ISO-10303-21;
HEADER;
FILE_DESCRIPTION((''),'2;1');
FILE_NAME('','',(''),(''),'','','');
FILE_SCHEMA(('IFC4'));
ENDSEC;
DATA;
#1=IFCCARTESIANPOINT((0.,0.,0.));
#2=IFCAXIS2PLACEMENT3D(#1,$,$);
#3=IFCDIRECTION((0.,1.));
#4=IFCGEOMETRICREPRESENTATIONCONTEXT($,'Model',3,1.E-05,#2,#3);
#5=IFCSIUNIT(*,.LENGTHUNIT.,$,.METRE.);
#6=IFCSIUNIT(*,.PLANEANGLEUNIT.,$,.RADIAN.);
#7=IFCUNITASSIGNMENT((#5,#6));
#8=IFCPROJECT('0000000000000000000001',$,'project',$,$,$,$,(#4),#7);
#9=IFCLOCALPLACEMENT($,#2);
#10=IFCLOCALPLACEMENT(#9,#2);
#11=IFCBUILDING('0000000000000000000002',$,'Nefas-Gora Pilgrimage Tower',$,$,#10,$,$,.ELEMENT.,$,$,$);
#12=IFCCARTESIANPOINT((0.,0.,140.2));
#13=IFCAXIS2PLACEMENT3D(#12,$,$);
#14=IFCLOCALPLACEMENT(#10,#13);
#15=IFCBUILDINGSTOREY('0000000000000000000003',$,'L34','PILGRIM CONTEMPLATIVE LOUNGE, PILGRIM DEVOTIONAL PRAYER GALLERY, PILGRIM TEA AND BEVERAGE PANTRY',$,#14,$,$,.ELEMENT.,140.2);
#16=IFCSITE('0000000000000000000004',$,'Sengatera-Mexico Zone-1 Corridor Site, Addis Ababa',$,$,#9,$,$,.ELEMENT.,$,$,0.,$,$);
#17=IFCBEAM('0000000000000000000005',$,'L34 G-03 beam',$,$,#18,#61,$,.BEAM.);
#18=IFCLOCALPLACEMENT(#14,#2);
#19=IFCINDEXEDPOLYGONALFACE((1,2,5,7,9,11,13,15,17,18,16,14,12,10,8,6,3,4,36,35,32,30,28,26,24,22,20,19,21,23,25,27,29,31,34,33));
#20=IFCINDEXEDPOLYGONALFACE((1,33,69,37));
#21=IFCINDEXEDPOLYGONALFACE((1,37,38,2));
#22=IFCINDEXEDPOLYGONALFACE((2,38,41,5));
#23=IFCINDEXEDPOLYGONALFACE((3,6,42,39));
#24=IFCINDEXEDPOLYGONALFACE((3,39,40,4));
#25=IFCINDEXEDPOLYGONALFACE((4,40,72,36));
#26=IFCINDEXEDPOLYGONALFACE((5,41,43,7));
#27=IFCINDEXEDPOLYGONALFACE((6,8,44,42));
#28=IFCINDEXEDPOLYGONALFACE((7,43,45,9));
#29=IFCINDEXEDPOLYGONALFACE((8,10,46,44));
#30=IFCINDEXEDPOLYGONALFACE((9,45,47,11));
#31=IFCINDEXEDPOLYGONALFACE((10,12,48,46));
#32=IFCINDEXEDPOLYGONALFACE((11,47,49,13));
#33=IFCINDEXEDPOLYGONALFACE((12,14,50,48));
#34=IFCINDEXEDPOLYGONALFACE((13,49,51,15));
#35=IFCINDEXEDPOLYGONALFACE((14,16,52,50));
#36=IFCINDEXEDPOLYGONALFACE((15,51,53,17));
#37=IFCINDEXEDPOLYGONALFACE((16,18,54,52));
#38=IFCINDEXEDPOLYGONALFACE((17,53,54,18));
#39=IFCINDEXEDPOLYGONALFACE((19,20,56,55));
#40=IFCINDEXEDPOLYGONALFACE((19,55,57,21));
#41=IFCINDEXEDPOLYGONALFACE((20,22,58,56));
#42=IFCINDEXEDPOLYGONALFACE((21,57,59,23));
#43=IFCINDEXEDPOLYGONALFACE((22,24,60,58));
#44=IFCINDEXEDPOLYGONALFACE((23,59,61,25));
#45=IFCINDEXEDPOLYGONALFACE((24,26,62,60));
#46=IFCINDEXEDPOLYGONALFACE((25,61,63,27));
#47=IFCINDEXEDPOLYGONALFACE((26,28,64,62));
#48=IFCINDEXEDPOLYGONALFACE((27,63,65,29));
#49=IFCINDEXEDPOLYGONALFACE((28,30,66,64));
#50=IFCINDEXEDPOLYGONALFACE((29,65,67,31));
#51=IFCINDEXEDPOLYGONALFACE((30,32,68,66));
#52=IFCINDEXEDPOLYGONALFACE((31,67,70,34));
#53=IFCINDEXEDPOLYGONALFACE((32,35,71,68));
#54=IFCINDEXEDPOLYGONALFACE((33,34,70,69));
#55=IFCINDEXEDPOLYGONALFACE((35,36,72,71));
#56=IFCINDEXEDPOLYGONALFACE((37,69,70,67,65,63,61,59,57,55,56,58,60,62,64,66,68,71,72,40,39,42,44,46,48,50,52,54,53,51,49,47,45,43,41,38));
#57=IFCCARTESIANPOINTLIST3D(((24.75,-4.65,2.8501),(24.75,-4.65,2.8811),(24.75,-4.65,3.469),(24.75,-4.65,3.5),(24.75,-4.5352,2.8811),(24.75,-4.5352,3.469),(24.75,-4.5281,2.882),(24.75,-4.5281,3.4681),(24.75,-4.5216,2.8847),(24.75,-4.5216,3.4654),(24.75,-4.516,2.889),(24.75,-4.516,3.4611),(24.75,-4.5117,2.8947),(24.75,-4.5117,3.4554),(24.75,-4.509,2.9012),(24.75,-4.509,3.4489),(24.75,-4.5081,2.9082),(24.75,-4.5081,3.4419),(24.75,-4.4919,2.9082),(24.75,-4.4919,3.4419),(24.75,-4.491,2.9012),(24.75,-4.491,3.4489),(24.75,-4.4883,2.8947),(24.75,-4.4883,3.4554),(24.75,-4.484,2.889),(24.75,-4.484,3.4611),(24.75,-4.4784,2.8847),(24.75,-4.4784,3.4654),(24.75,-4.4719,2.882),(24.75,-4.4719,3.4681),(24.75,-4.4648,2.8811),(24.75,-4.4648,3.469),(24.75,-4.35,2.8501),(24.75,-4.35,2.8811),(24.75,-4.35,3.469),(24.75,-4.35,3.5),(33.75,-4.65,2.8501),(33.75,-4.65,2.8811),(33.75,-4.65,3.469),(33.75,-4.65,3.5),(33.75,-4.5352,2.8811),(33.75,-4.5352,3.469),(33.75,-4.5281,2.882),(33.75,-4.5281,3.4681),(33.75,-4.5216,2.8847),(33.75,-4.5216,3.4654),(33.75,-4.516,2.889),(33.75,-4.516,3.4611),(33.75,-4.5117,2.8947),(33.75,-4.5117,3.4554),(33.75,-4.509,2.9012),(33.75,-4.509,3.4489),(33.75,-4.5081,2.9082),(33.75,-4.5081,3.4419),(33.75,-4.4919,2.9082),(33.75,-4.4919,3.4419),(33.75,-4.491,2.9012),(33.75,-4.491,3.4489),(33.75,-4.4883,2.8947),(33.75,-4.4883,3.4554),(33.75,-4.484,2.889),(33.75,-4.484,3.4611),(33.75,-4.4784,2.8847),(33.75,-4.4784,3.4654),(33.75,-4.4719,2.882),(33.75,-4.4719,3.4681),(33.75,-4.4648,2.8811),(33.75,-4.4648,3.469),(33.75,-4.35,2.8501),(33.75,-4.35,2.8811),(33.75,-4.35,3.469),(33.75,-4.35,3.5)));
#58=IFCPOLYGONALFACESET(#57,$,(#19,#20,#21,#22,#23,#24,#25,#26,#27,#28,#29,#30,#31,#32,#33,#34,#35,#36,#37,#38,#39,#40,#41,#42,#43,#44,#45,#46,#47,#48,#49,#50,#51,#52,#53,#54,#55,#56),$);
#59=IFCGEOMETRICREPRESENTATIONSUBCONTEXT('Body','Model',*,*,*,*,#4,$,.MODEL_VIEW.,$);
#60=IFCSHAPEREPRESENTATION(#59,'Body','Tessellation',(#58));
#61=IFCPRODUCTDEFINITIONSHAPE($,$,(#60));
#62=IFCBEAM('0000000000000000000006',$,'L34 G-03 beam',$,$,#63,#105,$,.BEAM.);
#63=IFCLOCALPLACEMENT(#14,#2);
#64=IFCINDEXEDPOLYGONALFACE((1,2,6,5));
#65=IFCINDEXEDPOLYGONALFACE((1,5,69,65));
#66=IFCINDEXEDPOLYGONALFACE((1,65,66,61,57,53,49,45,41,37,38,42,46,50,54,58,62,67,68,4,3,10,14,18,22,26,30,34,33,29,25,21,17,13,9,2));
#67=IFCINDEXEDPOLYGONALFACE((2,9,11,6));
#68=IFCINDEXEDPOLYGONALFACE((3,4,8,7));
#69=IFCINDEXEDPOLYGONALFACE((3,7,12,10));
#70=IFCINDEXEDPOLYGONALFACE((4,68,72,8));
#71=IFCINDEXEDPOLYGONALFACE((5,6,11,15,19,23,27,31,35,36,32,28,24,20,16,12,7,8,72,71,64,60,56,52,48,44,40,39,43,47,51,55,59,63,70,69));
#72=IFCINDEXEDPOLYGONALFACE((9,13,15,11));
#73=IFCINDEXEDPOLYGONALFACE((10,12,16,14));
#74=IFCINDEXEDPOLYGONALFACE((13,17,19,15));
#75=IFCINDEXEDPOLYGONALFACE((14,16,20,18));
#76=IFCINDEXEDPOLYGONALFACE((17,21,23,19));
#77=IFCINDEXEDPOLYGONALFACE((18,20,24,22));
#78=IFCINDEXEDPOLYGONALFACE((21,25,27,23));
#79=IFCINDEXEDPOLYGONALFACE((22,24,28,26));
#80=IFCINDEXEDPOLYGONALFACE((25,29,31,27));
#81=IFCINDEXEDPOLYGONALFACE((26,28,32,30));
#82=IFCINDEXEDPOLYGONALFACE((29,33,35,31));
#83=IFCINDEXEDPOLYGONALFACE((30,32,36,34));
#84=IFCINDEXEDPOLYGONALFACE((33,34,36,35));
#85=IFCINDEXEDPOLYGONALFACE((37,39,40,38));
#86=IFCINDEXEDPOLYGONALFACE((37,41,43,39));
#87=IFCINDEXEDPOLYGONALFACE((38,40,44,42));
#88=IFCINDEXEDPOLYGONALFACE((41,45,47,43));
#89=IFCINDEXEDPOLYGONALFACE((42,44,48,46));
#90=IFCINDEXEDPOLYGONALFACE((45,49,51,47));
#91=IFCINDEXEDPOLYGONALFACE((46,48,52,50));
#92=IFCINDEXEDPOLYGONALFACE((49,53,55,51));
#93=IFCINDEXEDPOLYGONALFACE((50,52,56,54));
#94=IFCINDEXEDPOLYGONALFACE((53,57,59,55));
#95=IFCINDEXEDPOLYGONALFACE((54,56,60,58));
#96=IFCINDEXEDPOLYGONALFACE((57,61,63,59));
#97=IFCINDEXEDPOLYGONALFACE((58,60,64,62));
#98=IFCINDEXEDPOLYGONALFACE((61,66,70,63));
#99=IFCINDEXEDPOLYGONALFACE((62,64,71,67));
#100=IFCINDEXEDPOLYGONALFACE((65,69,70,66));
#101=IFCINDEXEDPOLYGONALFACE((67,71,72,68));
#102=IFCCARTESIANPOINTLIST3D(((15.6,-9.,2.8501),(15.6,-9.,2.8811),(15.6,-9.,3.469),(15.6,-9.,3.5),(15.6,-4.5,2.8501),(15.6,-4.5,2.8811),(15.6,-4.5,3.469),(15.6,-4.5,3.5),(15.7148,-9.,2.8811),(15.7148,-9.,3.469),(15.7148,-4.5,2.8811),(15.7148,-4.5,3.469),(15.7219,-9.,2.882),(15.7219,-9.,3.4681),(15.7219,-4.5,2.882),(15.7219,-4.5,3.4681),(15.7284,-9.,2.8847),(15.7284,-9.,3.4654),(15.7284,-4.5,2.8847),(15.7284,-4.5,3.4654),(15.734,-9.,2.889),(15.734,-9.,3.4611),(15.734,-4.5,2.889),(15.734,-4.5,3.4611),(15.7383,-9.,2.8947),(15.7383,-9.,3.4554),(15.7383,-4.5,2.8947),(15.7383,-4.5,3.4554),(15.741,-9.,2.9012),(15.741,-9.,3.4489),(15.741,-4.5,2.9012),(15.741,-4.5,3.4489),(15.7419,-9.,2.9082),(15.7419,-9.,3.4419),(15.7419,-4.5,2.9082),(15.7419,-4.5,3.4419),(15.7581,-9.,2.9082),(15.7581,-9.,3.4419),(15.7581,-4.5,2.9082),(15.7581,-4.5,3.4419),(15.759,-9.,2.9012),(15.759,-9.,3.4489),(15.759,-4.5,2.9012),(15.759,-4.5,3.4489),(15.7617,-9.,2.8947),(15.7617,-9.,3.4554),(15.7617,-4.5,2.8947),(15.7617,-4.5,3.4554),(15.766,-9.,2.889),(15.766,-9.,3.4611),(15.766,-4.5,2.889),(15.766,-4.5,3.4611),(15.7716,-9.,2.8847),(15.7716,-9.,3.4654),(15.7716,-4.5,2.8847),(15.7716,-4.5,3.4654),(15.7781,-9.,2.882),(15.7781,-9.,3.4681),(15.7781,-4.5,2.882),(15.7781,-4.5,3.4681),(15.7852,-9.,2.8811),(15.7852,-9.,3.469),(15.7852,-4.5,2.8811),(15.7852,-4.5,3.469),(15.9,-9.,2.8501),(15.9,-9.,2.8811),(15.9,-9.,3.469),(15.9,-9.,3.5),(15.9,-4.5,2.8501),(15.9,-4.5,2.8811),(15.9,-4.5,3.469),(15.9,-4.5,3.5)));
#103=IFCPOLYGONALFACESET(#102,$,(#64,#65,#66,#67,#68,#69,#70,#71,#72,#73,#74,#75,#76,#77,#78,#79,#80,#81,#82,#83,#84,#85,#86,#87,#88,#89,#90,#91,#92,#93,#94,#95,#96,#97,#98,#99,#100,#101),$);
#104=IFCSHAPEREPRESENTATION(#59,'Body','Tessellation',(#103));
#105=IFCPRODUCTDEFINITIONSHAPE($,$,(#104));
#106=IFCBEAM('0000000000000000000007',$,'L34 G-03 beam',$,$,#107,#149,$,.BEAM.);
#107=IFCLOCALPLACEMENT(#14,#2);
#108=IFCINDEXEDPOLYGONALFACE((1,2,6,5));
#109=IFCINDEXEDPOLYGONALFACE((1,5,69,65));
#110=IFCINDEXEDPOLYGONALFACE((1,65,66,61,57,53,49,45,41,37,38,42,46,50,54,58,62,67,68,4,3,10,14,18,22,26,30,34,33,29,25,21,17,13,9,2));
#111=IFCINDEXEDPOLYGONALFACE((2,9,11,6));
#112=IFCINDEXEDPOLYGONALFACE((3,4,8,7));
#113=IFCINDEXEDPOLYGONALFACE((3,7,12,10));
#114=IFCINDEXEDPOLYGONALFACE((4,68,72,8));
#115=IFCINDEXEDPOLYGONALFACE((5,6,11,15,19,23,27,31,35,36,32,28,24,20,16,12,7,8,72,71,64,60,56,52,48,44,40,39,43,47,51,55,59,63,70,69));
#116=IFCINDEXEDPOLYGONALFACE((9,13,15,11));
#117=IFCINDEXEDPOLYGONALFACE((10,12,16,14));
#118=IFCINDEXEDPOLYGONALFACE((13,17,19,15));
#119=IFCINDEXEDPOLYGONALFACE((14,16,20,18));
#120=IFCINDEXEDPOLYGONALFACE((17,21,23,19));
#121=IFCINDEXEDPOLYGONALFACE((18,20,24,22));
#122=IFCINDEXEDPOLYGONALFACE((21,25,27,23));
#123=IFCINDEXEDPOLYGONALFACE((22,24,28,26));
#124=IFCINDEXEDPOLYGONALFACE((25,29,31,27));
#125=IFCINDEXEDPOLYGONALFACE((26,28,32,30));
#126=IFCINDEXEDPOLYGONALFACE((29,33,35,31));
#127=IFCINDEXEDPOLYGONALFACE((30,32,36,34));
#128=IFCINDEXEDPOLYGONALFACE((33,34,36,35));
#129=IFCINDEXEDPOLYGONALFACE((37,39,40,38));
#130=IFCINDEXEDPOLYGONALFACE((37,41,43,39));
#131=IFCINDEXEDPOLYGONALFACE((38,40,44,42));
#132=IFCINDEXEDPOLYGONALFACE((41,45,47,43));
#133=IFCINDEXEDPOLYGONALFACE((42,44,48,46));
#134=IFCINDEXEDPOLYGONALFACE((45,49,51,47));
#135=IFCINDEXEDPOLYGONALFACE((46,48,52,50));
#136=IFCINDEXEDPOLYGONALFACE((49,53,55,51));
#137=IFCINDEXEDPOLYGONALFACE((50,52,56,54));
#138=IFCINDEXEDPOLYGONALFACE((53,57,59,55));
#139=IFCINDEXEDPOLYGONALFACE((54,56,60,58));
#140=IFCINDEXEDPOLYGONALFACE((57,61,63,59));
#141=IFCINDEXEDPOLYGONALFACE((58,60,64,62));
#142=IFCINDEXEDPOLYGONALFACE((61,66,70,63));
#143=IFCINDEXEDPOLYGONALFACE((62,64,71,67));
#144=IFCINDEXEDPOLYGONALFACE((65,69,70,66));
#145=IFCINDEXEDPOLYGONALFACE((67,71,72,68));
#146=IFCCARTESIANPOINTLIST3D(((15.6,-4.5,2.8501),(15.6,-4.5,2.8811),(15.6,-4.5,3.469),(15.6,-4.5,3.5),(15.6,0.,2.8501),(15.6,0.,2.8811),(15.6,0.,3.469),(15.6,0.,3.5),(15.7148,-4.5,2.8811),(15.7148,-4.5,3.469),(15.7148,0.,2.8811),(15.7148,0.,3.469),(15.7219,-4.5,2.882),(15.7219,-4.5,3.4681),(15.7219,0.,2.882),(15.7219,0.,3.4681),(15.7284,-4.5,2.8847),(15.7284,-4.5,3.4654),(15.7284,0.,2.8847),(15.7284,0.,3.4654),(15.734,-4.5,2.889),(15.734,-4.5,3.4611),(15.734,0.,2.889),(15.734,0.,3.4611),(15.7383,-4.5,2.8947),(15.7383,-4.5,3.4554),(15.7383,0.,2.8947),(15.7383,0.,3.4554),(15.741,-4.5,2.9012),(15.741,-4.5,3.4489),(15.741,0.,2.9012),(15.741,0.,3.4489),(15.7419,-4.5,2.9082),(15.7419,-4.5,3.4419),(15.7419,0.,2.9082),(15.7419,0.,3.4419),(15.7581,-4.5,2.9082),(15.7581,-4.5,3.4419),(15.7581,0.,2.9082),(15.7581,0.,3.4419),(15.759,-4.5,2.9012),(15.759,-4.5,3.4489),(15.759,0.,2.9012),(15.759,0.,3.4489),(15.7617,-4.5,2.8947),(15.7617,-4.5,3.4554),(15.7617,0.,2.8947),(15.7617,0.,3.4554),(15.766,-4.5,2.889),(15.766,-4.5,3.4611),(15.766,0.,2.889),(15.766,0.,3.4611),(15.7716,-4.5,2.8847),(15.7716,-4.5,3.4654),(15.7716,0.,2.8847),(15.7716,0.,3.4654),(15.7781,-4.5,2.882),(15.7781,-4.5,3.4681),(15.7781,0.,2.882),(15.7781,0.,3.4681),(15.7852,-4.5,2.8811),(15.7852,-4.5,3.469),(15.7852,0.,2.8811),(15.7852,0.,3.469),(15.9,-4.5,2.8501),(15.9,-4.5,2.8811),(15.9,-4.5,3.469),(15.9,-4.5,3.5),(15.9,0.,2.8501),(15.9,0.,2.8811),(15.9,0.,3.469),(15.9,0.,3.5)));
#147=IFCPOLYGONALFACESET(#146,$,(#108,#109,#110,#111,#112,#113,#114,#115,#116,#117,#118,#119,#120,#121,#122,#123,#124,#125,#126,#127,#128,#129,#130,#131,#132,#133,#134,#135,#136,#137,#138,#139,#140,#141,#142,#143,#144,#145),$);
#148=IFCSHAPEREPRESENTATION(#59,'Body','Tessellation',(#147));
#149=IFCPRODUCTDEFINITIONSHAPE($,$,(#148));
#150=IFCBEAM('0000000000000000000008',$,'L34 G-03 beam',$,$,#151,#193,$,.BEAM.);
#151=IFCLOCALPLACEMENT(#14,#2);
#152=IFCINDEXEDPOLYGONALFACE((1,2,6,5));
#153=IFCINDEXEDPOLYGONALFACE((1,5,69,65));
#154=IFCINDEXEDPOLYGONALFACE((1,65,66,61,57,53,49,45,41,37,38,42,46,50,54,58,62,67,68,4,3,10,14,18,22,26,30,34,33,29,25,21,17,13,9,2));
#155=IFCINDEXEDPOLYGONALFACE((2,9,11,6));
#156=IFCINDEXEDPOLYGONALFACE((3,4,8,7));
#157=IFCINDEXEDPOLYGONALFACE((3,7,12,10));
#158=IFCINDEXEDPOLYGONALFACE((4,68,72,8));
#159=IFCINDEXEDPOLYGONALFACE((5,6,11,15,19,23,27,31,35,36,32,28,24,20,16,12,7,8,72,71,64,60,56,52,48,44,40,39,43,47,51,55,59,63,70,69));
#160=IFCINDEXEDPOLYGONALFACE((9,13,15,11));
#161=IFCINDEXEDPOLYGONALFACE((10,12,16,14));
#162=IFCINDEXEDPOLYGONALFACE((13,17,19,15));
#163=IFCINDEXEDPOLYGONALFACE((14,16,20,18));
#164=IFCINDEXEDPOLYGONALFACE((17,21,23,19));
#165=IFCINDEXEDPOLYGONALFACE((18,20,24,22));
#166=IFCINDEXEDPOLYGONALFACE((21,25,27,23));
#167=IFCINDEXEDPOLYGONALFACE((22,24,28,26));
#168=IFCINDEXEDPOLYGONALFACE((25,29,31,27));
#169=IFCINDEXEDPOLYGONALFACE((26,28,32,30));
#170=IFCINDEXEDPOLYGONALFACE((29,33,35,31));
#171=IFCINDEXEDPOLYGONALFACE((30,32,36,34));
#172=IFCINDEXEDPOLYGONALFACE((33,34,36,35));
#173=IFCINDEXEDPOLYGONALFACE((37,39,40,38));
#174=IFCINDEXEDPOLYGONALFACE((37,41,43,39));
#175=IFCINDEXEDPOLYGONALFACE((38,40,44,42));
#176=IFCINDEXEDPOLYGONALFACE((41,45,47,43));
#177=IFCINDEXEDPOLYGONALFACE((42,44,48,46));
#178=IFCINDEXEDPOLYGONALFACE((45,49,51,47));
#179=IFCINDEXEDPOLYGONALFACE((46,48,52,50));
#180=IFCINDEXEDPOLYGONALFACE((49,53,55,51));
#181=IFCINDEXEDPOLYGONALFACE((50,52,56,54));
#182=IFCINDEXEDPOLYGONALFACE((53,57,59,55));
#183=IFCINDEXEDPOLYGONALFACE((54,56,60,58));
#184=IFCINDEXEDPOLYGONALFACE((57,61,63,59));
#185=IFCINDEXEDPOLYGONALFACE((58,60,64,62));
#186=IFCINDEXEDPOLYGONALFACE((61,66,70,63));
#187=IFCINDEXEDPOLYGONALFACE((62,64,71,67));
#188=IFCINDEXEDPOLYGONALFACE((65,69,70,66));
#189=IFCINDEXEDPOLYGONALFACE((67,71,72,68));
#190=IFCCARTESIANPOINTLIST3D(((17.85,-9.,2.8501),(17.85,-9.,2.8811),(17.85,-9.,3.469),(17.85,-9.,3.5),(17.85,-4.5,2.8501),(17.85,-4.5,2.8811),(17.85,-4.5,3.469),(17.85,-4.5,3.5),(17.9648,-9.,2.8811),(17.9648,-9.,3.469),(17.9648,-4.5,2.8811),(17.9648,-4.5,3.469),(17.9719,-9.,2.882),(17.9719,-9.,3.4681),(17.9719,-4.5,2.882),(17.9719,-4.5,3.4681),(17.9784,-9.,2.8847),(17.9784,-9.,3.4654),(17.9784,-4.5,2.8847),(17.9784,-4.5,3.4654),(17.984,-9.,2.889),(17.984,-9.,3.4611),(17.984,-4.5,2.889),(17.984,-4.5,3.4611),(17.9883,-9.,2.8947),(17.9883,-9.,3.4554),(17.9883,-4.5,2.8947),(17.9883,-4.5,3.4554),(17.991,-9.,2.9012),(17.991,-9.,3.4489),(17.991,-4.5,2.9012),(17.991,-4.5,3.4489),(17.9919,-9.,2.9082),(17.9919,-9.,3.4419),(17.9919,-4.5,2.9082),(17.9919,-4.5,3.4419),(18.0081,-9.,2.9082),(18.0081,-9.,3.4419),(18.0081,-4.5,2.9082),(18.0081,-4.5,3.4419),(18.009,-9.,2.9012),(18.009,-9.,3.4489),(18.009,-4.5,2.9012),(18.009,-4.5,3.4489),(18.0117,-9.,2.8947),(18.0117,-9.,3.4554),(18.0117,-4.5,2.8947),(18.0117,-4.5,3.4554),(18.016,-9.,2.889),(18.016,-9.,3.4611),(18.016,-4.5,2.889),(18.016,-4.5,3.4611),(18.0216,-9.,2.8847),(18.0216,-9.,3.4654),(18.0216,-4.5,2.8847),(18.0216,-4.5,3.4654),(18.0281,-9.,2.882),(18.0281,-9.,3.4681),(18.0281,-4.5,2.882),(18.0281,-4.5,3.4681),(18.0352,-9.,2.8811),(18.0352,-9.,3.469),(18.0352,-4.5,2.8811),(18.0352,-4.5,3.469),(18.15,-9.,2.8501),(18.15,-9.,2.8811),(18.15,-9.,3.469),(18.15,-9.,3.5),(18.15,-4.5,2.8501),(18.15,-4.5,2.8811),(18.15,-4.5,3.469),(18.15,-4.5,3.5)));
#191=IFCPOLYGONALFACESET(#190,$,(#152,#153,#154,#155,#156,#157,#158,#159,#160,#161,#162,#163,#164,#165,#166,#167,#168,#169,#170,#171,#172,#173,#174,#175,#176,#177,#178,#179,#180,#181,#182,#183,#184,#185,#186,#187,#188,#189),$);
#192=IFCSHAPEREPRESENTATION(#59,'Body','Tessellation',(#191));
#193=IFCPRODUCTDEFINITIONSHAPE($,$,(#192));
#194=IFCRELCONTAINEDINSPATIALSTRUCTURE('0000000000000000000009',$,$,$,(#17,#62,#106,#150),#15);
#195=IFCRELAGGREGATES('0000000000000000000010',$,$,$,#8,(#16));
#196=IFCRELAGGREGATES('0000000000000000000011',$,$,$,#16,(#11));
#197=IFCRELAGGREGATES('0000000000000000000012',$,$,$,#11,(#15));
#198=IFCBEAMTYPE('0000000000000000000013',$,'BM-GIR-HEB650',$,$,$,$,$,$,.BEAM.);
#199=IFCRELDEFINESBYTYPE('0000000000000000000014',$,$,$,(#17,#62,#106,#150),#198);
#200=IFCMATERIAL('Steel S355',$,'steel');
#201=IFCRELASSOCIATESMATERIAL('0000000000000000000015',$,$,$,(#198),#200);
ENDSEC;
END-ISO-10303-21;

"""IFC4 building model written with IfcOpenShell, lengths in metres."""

from ifc_helpers import new_model, si_unit, direction, frame, origin, origin_2d, place, context, subcontext, project, spatial, i_section, extrude, source, transform, mapped, material, material_profile, profile_set, type_object, element, save


model = new_model("IFC4")

# Units and contexts
model_context = context("Model", 3, precision=1e-05, world=origin(), true_north=direction((0.0, 1.0)))
body_context = subcontext(model_context, "Body", "Model", "MODEL_VIEW")
ifc_project = project(units=[si_unit("LENGTHUNIT", "METRE"), si_unit("PLANEANGLEUNIT", "RADIAN")], contexts=[model_context])

# Site, building, storey
site_placement = place(None, origin())
site = spatial("IfcSite", under=ifc_project, at=site_placement, Name="Sengatera-Mexico Zone-1 Corridor Site, Addis Ababa", CompositionType="ELEMENT", RefElevation=0.0)
building_placement = place(site_placement, origin())
building = spatial("IfcBuilding", under=site, at=building_placement, Name="Nefas-Gora Pilgrimage Tower", CompositionType="ELEMENT")
storey_placement = place(building_placement, frame((0.0, 0.0, 140.2)))
storey = spatial("IfcBuildingStorey", under=building, at=storey_placement, Name="L34", Description="PILGRIM CONTEMPLATIVE LOUNGE, PILGRIM DEVOTIONAL PRAYER GALLERY, PILGRIM TEA AND BEVERAGE PANTRY", CompositionType="ELEMENT", Elevation=140.2)

# Beams
ifc_material_1 = material(Name="Steel S355", Category="steel")
ifc_material_profile_1 = material_profile(ifc_material_1, i_section(OverallWidth=0.3, OverallDepth=0.6499, WebThickness=0.0161, FlangeThickness=0.031, FilletRadius=0.0271, at=origin_2d()), Name="HEB 650")
ifc_profile_set_1 = profile_set([ifc_material_profile_1], Name="Steel S355")
beam_type_1 = type_object("IfcBeamType", Name="BM-GIR-HEB650", PredefinedType="BEAM", material=ifc_profile_set_1)
shared_shape_1 = source(origin(), body_context, "Body", "SweptSolid", [
    extrude(i_section(OverallWidth=0.3, OverallDepth=0.6499, WebThickness=0.0161, FlangeThickness=0.031, FilletRadius=0.0271, at=origin_2d()), origin(), (0.0, 0.0, 1.0), 9.0),
])
for number, where, z_axis, x_axis, name in (
    (1, (24.75, -4.5, 3.175), (1.0, 0.0, 0.0), (0.0, 1.0, 0.0), "L34 G-03 beam"),
):
    element("IfcBeam", number, at=place(storey_placement, frame(where, z_axis=z_axis, x_axis=x_axis)), inside=storey, type_object=beam_type_1, Name=name, PredefinedType="BEAM", context=body_context, shape_type="MappedRepresentation", body=[
        mapped(shared_shape_1, transform((0.0, 0.0, 0.0), x_axis=(1.0, 0.0, 0.0), y_axis=(0.0, 1.0, 0.0), z_axis=(0.0, 0.0, 1.0), scale=1.0)),
    ])
shared_shape_2 = source(origin(), body_context, "Body", "SweptSolid", [
    extrude(i_section(OverallWidth=0.3, OverallDepth=0.6499, WebThickness=0.0161, FlangeThickness=0.031, FilletRadius=0.0271, at=origin_2d()), origin(), (0.0, 0.0, 1.0), 4.5),
])
for number, where, z_axis, x_axis, name in (
    (2, (15.75, -9.0, 3.175), (0.0, 1.0, 0.0), (-1.0, 0.0, 0.0), "L34 G-03 beam"),
    (3, (15.75, -4.5, 3.175), (0.0, 1.0, 0.0), (-1.0, 0.0, 0.0), "L34 G-03 beam"),
    (4, (18.0, -9.0, 3.175), (0.0, 1.0, 0.0), (-1.0, 0.0, 0.0), "L34 G-03 beam"),
):
    element("IfcBeam", number, at=place(storey_placement, frame(where, z_axis=z_axis, x_axis=x_axis)), inside=storey, type_object=beam_type_1, Name=name, PredefinedType="BEAM", context=body_context, shape_type="MappedRepresentation", body=[
        mapped(shared_shape_2, transform((0.0, 0.0, 0.0), x_axis=(1.0, 0.0, 0.0), y_axis=(0.0, 1.0, 0.0), z_axis=(0.0, 0.0, 1.0), scale=1.0)),
    ])

save(model, "model.ifc")
